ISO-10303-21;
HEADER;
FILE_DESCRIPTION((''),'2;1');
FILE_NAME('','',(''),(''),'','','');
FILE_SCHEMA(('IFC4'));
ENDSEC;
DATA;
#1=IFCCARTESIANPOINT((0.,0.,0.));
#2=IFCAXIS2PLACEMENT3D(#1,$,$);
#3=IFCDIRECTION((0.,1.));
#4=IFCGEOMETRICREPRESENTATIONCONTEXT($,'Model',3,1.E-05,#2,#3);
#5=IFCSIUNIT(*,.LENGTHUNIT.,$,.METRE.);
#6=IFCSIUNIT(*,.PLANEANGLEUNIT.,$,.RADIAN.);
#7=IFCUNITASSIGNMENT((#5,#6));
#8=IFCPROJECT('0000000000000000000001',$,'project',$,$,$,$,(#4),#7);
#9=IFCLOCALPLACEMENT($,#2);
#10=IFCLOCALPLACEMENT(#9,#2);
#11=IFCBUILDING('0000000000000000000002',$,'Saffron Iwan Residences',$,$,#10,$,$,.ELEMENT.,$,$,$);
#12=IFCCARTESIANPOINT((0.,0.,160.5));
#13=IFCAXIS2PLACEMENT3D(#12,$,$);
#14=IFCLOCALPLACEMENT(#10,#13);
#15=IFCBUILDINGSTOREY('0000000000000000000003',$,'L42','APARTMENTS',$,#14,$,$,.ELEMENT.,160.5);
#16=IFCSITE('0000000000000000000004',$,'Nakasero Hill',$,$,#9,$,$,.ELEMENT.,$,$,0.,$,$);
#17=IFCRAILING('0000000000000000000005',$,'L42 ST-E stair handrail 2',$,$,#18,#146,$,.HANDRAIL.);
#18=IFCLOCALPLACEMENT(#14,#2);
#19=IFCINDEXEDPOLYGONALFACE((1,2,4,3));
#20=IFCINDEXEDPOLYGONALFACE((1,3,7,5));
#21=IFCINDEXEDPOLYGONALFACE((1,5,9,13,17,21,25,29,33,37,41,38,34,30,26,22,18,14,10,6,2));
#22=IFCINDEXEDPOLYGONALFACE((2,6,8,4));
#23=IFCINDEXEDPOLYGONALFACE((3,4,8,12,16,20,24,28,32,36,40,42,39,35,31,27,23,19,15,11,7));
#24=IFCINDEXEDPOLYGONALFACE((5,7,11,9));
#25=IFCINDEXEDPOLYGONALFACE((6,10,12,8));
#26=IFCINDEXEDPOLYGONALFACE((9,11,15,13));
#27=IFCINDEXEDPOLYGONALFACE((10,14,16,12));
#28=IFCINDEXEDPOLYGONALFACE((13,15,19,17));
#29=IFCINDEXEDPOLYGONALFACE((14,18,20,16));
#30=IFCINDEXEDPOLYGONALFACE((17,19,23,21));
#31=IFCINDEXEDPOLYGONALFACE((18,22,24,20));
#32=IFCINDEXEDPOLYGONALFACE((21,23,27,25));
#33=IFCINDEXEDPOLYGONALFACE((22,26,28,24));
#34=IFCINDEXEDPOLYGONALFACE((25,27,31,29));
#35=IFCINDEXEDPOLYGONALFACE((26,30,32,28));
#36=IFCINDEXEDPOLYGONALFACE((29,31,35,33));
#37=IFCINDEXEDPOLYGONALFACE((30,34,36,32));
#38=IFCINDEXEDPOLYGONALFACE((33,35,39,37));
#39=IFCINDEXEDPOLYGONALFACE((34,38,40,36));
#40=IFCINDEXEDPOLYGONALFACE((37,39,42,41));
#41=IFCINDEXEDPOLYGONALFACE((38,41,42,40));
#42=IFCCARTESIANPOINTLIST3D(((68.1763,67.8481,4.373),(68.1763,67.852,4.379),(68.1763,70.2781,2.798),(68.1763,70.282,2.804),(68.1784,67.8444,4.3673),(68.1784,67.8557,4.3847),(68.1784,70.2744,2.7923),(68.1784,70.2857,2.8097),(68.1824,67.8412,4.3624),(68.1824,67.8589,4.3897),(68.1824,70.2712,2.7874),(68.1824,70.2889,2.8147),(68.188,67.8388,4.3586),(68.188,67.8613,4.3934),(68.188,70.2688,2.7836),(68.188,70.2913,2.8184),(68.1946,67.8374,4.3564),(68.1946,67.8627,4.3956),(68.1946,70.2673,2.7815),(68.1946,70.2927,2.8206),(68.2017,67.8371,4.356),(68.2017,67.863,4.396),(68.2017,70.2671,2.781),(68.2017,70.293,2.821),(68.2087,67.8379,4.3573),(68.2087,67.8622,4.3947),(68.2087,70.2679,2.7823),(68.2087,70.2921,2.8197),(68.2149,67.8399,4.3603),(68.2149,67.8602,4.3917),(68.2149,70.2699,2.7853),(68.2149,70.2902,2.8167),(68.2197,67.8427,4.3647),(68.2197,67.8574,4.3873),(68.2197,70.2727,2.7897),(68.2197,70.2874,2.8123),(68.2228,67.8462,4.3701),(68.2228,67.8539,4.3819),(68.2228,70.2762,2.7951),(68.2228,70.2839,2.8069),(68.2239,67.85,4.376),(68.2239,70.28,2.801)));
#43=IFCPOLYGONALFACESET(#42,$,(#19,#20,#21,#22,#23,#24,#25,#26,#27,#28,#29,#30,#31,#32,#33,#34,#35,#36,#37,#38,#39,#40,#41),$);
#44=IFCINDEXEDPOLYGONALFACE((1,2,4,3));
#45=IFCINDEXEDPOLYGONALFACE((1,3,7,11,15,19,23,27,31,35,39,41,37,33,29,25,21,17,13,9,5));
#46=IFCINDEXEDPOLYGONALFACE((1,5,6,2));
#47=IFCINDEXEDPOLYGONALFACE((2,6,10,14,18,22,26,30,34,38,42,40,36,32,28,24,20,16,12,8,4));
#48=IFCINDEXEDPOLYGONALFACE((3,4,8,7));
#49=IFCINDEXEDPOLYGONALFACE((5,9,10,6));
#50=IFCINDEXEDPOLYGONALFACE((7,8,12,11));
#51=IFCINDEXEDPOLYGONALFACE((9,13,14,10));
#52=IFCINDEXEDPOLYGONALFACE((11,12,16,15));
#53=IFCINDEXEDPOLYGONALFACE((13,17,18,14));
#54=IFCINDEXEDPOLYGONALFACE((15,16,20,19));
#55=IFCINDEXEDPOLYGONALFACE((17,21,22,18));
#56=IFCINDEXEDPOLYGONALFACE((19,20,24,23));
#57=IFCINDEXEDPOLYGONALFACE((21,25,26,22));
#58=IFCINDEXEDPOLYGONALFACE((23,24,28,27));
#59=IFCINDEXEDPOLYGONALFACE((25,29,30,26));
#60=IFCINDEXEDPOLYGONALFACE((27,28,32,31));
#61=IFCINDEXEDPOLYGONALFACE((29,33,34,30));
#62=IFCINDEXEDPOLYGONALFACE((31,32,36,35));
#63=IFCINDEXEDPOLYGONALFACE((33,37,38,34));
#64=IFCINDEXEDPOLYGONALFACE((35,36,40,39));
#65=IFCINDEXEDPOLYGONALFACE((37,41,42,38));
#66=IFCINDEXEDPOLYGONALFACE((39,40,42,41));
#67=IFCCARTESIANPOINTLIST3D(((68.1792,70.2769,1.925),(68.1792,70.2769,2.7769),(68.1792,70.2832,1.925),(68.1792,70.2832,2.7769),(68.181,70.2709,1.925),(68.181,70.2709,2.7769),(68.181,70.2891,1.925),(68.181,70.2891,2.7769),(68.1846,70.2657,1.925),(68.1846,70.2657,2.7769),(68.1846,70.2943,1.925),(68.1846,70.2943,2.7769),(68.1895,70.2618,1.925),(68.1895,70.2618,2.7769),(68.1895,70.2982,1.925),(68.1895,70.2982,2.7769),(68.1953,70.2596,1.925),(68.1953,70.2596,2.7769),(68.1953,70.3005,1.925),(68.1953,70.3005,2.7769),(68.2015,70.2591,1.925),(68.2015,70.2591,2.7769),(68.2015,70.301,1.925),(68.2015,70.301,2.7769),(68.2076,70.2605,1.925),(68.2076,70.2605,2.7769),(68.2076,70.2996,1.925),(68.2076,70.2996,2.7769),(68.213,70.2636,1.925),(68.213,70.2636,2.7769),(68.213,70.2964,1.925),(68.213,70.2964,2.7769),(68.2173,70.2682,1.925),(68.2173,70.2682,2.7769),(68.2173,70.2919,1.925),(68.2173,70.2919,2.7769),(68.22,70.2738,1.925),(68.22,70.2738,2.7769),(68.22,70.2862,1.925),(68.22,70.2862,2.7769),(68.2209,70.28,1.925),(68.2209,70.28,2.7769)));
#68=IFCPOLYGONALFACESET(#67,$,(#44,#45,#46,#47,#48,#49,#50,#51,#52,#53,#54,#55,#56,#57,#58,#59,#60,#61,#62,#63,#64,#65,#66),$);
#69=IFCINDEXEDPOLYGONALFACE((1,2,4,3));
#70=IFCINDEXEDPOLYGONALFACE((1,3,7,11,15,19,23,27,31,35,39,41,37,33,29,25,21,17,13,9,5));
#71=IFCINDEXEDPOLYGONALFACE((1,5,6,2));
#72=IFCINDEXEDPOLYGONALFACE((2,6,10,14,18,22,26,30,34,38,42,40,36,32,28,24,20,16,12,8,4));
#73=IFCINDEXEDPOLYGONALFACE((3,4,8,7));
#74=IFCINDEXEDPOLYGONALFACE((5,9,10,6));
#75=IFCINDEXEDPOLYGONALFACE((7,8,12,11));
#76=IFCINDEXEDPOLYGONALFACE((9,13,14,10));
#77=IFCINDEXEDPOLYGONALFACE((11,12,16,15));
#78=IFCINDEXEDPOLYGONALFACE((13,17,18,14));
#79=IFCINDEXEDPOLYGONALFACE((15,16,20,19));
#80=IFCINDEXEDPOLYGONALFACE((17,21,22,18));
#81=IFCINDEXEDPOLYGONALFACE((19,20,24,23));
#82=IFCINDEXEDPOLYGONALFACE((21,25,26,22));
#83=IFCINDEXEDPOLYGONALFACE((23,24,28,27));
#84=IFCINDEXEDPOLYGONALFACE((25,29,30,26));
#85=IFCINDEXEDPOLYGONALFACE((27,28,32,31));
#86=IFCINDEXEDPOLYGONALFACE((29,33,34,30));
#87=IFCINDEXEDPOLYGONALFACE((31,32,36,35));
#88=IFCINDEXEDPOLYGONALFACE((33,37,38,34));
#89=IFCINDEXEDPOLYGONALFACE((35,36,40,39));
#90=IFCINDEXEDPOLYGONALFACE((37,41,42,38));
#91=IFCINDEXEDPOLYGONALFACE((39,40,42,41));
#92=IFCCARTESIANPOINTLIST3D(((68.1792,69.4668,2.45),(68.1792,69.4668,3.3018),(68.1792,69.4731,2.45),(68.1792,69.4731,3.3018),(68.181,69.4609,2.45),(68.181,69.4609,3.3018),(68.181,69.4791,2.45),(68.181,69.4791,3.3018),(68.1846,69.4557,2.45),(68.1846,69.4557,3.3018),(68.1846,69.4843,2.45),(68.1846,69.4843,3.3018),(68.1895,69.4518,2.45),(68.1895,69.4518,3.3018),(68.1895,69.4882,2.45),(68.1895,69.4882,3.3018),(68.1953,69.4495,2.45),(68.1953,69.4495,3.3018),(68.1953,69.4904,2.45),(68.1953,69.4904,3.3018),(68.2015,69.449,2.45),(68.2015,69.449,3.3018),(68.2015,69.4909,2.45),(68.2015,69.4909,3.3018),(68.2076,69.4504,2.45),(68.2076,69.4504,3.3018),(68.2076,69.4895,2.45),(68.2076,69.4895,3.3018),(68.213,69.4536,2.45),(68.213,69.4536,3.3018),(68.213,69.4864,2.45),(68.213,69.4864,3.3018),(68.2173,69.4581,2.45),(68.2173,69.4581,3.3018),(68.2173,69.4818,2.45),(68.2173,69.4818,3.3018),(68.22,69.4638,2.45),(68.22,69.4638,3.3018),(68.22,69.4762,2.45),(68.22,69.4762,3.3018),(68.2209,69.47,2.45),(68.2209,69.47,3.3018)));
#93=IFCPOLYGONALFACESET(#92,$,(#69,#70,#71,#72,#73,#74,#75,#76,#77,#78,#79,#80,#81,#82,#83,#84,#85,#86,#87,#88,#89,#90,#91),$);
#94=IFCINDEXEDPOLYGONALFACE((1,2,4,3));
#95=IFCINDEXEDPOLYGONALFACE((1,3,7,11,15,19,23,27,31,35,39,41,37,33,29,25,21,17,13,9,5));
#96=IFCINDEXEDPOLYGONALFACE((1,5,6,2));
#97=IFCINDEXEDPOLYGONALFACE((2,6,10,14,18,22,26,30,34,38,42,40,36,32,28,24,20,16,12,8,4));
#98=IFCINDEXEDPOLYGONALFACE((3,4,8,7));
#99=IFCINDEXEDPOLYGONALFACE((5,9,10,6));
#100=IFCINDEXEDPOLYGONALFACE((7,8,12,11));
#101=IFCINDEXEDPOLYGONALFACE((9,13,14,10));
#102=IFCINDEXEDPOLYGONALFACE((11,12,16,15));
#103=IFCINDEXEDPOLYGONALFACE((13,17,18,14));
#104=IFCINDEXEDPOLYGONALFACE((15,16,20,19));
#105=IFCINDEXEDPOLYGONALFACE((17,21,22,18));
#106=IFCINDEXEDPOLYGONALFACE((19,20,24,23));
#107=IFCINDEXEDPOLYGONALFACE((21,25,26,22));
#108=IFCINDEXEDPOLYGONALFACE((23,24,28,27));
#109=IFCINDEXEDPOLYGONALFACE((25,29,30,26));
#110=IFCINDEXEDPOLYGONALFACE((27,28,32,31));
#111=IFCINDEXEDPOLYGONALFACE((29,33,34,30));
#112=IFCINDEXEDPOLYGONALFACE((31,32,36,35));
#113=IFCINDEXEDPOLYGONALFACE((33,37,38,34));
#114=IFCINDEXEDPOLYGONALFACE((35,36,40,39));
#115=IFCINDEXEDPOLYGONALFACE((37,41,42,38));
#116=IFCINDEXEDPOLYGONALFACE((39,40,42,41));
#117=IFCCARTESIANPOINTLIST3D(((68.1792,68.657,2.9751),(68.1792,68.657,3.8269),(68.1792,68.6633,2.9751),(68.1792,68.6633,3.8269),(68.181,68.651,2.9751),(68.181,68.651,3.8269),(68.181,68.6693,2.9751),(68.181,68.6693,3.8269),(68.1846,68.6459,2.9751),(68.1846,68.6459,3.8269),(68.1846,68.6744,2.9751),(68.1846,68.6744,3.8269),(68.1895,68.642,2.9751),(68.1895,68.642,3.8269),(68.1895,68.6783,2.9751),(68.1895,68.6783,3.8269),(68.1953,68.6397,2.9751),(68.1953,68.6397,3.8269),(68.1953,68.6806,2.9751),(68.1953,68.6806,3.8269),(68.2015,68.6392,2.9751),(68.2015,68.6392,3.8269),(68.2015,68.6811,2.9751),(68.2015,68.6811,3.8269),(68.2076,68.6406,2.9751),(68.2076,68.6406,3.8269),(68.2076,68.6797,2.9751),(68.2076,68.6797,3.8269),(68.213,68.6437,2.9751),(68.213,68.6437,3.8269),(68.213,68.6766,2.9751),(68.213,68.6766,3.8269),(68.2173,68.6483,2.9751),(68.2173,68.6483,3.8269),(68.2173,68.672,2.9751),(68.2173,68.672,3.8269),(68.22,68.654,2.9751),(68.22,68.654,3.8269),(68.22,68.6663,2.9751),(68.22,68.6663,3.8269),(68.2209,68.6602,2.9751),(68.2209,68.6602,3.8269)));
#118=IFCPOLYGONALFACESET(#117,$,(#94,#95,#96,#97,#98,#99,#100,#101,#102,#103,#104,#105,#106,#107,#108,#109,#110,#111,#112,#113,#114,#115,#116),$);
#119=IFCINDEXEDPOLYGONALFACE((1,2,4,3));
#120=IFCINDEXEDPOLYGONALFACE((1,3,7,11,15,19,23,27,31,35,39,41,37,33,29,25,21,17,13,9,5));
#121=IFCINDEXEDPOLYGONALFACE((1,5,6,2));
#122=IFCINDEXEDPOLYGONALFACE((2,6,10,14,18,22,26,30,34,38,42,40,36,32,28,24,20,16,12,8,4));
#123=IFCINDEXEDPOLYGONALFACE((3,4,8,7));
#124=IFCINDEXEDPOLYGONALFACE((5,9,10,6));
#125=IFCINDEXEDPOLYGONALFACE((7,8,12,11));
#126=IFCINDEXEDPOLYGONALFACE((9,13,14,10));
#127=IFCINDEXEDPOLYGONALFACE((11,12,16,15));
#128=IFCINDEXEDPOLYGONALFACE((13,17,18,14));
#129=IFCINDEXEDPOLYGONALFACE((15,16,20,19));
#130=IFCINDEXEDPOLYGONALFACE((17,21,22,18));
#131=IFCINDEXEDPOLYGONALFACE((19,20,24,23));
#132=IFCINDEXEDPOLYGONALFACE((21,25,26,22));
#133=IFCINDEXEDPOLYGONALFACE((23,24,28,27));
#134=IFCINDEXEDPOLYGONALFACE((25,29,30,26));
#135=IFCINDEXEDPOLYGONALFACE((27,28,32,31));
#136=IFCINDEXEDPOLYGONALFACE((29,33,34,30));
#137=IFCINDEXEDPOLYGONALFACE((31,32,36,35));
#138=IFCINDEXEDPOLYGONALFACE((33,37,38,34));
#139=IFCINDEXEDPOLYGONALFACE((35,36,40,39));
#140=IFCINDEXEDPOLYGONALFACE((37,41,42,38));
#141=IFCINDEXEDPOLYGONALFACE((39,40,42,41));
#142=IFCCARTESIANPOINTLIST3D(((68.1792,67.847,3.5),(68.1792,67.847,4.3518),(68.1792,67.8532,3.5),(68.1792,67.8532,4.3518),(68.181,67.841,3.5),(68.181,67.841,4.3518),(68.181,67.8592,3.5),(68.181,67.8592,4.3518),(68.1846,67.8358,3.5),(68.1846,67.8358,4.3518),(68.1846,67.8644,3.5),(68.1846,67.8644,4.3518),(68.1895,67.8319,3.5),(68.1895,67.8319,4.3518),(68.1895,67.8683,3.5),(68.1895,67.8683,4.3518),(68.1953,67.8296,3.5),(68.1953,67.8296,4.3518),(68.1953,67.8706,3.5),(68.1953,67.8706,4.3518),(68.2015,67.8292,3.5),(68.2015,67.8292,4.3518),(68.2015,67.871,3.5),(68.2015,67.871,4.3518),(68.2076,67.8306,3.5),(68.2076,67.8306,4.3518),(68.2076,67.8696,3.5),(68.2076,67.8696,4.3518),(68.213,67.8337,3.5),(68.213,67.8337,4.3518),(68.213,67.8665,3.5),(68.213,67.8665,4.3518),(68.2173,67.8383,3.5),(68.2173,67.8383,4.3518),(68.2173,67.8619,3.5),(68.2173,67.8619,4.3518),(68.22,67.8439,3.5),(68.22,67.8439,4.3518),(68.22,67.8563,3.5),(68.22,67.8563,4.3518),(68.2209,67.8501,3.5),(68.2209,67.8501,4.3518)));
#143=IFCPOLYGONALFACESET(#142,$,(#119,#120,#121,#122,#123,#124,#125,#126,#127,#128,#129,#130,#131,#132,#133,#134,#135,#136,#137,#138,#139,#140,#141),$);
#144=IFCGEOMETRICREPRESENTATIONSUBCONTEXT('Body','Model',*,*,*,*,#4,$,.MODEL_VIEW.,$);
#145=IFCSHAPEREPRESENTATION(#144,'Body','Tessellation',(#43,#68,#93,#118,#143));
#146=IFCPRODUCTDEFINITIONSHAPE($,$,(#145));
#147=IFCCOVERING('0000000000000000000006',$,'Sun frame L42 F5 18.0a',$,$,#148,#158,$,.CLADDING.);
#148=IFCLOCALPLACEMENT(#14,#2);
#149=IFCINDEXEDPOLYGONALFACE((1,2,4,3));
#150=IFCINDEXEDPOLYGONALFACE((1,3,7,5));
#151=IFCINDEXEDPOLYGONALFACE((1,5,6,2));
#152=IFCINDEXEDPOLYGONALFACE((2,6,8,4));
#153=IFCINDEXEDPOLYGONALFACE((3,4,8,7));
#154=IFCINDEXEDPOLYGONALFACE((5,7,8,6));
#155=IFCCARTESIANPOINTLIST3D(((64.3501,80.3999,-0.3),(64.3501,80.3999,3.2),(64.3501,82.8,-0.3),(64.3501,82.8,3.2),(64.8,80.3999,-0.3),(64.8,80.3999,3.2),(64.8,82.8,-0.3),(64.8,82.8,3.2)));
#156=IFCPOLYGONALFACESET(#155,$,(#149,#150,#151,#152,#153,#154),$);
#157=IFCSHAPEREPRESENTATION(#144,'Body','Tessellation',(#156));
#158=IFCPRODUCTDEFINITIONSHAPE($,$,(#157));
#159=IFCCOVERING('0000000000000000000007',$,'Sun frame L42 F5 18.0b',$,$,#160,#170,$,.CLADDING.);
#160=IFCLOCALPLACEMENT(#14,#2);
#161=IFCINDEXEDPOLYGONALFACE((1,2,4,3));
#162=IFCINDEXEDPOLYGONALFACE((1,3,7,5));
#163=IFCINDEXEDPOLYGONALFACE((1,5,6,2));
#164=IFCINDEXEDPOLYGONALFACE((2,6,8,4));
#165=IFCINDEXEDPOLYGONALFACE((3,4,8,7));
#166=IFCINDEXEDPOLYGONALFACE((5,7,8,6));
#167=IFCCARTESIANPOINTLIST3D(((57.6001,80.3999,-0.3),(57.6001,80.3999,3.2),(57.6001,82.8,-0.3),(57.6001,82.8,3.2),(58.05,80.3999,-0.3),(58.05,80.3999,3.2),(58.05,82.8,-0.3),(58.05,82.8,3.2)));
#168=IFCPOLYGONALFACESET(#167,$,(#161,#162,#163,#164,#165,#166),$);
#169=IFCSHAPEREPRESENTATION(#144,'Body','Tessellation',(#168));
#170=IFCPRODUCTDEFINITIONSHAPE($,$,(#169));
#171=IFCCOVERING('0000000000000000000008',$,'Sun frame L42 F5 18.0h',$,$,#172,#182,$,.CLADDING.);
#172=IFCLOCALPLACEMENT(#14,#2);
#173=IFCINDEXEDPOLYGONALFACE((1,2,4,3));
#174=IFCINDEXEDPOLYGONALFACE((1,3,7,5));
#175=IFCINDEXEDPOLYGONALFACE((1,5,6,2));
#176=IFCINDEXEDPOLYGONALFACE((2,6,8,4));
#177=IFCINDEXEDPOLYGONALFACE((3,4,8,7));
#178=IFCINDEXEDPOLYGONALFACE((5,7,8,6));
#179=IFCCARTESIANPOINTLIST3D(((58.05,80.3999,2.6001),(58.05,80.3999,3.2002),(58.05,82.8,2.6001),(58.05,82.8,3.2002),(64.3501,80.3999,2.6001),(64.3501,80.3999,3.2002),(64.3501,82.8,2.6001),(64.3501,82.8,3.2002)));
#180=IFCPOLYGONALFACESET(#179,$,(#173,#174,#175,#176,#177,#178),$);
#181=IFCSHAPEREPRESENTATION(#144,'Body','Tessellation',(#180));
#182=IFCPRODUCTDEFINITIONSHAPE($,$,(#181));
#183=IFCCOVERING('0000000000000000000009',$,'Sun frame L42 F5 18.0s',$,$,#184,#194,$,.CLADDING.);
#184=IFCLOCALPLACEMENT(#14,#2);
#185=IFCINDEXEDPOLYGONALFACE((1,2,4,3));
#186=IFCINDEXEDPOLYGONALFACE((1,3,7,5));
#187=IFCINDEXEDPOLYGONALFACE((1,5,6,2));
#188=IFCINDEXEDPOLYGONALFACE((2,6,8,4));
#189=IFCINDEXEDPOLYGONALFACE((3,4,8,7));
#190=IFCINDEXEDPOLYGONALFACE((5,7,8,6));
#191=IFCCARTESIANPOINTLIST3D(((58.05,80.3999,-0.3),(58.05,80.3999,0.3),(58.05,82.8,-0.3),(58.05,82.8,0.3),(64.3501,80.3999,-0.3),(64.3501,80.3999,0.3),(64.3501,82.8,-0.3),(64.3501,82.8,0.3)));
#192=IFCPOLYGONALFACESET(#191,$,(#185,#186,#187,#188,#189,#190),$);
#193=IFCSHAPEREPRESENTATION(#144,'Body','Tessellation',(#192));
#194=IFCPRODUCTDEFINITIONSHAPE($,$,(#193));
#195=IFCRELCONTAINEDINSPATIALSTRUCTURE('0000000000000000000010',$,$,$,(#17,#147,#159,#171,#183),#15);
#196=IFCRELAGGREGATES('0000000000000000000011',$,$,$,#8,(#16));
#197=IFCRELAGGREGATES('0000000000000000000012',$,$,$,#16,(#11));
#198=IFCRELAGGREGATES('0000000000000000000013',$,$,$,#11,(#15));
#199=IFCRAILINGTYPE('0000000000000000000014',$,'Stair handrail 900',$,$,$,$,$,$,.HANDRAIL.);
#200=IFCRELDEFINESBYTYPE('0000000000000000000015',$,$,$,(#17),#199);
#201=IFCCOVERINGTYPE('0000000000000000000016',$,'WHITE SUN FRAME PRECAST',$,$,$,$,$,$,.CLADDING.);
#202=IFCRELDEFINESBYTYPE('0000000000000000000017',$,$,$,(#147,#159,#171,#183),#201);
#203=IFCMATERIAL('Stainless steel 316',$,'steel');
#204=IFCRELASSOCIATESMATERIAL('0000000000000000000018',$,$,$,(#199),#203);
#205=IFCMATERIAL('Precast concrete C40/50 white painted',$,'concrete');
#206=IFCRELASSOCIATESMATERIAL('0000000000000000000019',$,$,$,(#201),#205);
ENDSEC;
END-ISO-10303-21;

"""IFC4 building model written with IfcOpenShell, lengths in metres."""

from ifc_helpers import new_model, si_unit, direction, frame, origin, origin_2d, place, context, subcontext, project, spatial, polyline, circle, outline, extrude, material, type_object, element, save


model = new_model("IFC4")

# Units and contexts
model_context = context("Model", 3, precision=1e-05, world=origin(), true_north=direction((0.0, 1.0)))
body_context = subcontext(model_context, "Body", "Model", "MODEL_VIEW")
ifc_project = project(units=[si_unit("LENGTHUNIT", "METRE"), si_unit("PLANEANGLEUNIT", "RADIAN")], contexts=[model_context])

# Site, building, storey
site_placement = place(None, origin())
site = spatial("IfcSite", under=ifc_project, at=site_placement, Name="Nakasero Hill", CompositionType="ELEMENT", RefElevation=0.0)
building_placement = place(site_placement, origin())
building = spatial("IfcBuilding", under=site, at=building_placement, Name="Saffron Iwan Residences", CompositionType="ELEMENT")
storey_placement = place(building_placement, frame((0.0, 0.0, 160.5)))
storey = spatial("IfcBuildingStorey", under=building, at=storey_placement, Name="L42", Description="APARTMENTS", CompositionType="ELEMENT", Elevation=160.5)

# Railing
ifc_material_1 = material(Name="Stainless steel 316", Category="steel")
railing_type_1 = type_object("IfcRailingType", Name="Stair handrail 900", PredefinedType="HANDRAIL", material=ifc_material_1)
railing_1_placement = place(storey_placement, frame((68.2, 70.28, 1.925)))
element("IfcRailing", 1, at=railing_1_placement, inside=storey, type_object=railing_type_1, Name="L42 ST-E stair handrail 2", PredefinedType="HANDRAIL", context=body_context, shape_type="SweptSolid", body=[
    extrude(circle(Radius=0.0239, at=origin_2d()), frame((0.0, 0.0, 0.876), z_axis=(0.0, -0.839154, 0.543894), x_axis=(1.0, 0.0, 0.0)), (0.0, 0.0, 1.0), 2.8958),
    extrude(circle(Radius=0.021, at=origin_2d()), origin(), (0.0, 0.0, 1.0), 0.8518),
    extrude(circle(Radius=0.021, at=origin_2d()), frame((0.0, -0.8101, 0.5249)), (0.0, 0.0, 1.0), 0.8518),
    extrude(circle(Radius=0.021, at=origin_2d()), frame((0.0, -1.6199, 1.05)), (0.0, 0.0, 1.0), 0.8518),
    extrude(circle(Radius=0.021, at=origin_2d()), frame((0.0, -2.4299, 1.575)), (0.0, 0.0, 1.0), 0.8518),
])

# Coverings
ifc_material_2 = material(Name="Precast concrete C40/50 white painted", Category="concrete")
covering_type_1 = type_object("IfcCoveringType", Name="WHITE SUN FRAME PRECAST", PredefinedType="CLADDING", material=ifc_material_2)
for number, where, z_axis, x_axis, name in (
    (2, (64.8, 80.3999, -0.3), (0.0, 1.0, 0.0), (-1.0, 0.0, 0.0), "Sun frame L42 F5 18.0a"),
    (3, (58.05, 80.3999, -0.3), (0.0, 1.0, 0.0), (-1.0, 0.0, 0.0), "Sun frame L42 F5 18.0b"),
):
    element("IfcCovering", number, at=place(storey_placement, frame(where, z_axis=z_axis, x_axis=x_axis)), inside=storey, type_object=covering_type_1, Name=name, PredefinedType="CLADDING", context=body_context, shape_type="SweptSolid", body=[
        extrude(outline(polyline([(0.0, 0.0), (0.45, 0.0), (0.45, 3.5), (0.0, 3.5), (0.0, 0.0)])), origin(), (0.0, 0.0, 1.0), 2.4001),
    ])
for number, where, z_axis, x_axis, name in (
    (4, (64.3501, 80.3999, 2.6001), (0.0, 1.0, 0.0), (-1.0, 0.0, 0.0), "Sun frame L42 F5 18.0h"),
    (5, (64.3501, 80.3999, -0.3), (0.0, 1.0, 0.0), (-1.0, 0.0, 0.0), "Sun frame L42 F5 18.0s"),
):
    element("IfcCovering", number, at=place(storey_placement, frame(where, z_axis=z_axis, x_axis=x_axis)), inside=storey, type_object=covering_type_1, Name=name, PredefinedType="CLADDING", context=body_context, shape_type="SweptSolid", body=[
        extrude(outline(polyline([(0.0, 0.0), (6.3, 0.0), (6.3, 0.6001), (0.0, 0.6001), (0.0, 0.0)])), origin(), (0.0, 0.0, 1.0), 2.4001),
    ])

save(model, "model.ifc")
